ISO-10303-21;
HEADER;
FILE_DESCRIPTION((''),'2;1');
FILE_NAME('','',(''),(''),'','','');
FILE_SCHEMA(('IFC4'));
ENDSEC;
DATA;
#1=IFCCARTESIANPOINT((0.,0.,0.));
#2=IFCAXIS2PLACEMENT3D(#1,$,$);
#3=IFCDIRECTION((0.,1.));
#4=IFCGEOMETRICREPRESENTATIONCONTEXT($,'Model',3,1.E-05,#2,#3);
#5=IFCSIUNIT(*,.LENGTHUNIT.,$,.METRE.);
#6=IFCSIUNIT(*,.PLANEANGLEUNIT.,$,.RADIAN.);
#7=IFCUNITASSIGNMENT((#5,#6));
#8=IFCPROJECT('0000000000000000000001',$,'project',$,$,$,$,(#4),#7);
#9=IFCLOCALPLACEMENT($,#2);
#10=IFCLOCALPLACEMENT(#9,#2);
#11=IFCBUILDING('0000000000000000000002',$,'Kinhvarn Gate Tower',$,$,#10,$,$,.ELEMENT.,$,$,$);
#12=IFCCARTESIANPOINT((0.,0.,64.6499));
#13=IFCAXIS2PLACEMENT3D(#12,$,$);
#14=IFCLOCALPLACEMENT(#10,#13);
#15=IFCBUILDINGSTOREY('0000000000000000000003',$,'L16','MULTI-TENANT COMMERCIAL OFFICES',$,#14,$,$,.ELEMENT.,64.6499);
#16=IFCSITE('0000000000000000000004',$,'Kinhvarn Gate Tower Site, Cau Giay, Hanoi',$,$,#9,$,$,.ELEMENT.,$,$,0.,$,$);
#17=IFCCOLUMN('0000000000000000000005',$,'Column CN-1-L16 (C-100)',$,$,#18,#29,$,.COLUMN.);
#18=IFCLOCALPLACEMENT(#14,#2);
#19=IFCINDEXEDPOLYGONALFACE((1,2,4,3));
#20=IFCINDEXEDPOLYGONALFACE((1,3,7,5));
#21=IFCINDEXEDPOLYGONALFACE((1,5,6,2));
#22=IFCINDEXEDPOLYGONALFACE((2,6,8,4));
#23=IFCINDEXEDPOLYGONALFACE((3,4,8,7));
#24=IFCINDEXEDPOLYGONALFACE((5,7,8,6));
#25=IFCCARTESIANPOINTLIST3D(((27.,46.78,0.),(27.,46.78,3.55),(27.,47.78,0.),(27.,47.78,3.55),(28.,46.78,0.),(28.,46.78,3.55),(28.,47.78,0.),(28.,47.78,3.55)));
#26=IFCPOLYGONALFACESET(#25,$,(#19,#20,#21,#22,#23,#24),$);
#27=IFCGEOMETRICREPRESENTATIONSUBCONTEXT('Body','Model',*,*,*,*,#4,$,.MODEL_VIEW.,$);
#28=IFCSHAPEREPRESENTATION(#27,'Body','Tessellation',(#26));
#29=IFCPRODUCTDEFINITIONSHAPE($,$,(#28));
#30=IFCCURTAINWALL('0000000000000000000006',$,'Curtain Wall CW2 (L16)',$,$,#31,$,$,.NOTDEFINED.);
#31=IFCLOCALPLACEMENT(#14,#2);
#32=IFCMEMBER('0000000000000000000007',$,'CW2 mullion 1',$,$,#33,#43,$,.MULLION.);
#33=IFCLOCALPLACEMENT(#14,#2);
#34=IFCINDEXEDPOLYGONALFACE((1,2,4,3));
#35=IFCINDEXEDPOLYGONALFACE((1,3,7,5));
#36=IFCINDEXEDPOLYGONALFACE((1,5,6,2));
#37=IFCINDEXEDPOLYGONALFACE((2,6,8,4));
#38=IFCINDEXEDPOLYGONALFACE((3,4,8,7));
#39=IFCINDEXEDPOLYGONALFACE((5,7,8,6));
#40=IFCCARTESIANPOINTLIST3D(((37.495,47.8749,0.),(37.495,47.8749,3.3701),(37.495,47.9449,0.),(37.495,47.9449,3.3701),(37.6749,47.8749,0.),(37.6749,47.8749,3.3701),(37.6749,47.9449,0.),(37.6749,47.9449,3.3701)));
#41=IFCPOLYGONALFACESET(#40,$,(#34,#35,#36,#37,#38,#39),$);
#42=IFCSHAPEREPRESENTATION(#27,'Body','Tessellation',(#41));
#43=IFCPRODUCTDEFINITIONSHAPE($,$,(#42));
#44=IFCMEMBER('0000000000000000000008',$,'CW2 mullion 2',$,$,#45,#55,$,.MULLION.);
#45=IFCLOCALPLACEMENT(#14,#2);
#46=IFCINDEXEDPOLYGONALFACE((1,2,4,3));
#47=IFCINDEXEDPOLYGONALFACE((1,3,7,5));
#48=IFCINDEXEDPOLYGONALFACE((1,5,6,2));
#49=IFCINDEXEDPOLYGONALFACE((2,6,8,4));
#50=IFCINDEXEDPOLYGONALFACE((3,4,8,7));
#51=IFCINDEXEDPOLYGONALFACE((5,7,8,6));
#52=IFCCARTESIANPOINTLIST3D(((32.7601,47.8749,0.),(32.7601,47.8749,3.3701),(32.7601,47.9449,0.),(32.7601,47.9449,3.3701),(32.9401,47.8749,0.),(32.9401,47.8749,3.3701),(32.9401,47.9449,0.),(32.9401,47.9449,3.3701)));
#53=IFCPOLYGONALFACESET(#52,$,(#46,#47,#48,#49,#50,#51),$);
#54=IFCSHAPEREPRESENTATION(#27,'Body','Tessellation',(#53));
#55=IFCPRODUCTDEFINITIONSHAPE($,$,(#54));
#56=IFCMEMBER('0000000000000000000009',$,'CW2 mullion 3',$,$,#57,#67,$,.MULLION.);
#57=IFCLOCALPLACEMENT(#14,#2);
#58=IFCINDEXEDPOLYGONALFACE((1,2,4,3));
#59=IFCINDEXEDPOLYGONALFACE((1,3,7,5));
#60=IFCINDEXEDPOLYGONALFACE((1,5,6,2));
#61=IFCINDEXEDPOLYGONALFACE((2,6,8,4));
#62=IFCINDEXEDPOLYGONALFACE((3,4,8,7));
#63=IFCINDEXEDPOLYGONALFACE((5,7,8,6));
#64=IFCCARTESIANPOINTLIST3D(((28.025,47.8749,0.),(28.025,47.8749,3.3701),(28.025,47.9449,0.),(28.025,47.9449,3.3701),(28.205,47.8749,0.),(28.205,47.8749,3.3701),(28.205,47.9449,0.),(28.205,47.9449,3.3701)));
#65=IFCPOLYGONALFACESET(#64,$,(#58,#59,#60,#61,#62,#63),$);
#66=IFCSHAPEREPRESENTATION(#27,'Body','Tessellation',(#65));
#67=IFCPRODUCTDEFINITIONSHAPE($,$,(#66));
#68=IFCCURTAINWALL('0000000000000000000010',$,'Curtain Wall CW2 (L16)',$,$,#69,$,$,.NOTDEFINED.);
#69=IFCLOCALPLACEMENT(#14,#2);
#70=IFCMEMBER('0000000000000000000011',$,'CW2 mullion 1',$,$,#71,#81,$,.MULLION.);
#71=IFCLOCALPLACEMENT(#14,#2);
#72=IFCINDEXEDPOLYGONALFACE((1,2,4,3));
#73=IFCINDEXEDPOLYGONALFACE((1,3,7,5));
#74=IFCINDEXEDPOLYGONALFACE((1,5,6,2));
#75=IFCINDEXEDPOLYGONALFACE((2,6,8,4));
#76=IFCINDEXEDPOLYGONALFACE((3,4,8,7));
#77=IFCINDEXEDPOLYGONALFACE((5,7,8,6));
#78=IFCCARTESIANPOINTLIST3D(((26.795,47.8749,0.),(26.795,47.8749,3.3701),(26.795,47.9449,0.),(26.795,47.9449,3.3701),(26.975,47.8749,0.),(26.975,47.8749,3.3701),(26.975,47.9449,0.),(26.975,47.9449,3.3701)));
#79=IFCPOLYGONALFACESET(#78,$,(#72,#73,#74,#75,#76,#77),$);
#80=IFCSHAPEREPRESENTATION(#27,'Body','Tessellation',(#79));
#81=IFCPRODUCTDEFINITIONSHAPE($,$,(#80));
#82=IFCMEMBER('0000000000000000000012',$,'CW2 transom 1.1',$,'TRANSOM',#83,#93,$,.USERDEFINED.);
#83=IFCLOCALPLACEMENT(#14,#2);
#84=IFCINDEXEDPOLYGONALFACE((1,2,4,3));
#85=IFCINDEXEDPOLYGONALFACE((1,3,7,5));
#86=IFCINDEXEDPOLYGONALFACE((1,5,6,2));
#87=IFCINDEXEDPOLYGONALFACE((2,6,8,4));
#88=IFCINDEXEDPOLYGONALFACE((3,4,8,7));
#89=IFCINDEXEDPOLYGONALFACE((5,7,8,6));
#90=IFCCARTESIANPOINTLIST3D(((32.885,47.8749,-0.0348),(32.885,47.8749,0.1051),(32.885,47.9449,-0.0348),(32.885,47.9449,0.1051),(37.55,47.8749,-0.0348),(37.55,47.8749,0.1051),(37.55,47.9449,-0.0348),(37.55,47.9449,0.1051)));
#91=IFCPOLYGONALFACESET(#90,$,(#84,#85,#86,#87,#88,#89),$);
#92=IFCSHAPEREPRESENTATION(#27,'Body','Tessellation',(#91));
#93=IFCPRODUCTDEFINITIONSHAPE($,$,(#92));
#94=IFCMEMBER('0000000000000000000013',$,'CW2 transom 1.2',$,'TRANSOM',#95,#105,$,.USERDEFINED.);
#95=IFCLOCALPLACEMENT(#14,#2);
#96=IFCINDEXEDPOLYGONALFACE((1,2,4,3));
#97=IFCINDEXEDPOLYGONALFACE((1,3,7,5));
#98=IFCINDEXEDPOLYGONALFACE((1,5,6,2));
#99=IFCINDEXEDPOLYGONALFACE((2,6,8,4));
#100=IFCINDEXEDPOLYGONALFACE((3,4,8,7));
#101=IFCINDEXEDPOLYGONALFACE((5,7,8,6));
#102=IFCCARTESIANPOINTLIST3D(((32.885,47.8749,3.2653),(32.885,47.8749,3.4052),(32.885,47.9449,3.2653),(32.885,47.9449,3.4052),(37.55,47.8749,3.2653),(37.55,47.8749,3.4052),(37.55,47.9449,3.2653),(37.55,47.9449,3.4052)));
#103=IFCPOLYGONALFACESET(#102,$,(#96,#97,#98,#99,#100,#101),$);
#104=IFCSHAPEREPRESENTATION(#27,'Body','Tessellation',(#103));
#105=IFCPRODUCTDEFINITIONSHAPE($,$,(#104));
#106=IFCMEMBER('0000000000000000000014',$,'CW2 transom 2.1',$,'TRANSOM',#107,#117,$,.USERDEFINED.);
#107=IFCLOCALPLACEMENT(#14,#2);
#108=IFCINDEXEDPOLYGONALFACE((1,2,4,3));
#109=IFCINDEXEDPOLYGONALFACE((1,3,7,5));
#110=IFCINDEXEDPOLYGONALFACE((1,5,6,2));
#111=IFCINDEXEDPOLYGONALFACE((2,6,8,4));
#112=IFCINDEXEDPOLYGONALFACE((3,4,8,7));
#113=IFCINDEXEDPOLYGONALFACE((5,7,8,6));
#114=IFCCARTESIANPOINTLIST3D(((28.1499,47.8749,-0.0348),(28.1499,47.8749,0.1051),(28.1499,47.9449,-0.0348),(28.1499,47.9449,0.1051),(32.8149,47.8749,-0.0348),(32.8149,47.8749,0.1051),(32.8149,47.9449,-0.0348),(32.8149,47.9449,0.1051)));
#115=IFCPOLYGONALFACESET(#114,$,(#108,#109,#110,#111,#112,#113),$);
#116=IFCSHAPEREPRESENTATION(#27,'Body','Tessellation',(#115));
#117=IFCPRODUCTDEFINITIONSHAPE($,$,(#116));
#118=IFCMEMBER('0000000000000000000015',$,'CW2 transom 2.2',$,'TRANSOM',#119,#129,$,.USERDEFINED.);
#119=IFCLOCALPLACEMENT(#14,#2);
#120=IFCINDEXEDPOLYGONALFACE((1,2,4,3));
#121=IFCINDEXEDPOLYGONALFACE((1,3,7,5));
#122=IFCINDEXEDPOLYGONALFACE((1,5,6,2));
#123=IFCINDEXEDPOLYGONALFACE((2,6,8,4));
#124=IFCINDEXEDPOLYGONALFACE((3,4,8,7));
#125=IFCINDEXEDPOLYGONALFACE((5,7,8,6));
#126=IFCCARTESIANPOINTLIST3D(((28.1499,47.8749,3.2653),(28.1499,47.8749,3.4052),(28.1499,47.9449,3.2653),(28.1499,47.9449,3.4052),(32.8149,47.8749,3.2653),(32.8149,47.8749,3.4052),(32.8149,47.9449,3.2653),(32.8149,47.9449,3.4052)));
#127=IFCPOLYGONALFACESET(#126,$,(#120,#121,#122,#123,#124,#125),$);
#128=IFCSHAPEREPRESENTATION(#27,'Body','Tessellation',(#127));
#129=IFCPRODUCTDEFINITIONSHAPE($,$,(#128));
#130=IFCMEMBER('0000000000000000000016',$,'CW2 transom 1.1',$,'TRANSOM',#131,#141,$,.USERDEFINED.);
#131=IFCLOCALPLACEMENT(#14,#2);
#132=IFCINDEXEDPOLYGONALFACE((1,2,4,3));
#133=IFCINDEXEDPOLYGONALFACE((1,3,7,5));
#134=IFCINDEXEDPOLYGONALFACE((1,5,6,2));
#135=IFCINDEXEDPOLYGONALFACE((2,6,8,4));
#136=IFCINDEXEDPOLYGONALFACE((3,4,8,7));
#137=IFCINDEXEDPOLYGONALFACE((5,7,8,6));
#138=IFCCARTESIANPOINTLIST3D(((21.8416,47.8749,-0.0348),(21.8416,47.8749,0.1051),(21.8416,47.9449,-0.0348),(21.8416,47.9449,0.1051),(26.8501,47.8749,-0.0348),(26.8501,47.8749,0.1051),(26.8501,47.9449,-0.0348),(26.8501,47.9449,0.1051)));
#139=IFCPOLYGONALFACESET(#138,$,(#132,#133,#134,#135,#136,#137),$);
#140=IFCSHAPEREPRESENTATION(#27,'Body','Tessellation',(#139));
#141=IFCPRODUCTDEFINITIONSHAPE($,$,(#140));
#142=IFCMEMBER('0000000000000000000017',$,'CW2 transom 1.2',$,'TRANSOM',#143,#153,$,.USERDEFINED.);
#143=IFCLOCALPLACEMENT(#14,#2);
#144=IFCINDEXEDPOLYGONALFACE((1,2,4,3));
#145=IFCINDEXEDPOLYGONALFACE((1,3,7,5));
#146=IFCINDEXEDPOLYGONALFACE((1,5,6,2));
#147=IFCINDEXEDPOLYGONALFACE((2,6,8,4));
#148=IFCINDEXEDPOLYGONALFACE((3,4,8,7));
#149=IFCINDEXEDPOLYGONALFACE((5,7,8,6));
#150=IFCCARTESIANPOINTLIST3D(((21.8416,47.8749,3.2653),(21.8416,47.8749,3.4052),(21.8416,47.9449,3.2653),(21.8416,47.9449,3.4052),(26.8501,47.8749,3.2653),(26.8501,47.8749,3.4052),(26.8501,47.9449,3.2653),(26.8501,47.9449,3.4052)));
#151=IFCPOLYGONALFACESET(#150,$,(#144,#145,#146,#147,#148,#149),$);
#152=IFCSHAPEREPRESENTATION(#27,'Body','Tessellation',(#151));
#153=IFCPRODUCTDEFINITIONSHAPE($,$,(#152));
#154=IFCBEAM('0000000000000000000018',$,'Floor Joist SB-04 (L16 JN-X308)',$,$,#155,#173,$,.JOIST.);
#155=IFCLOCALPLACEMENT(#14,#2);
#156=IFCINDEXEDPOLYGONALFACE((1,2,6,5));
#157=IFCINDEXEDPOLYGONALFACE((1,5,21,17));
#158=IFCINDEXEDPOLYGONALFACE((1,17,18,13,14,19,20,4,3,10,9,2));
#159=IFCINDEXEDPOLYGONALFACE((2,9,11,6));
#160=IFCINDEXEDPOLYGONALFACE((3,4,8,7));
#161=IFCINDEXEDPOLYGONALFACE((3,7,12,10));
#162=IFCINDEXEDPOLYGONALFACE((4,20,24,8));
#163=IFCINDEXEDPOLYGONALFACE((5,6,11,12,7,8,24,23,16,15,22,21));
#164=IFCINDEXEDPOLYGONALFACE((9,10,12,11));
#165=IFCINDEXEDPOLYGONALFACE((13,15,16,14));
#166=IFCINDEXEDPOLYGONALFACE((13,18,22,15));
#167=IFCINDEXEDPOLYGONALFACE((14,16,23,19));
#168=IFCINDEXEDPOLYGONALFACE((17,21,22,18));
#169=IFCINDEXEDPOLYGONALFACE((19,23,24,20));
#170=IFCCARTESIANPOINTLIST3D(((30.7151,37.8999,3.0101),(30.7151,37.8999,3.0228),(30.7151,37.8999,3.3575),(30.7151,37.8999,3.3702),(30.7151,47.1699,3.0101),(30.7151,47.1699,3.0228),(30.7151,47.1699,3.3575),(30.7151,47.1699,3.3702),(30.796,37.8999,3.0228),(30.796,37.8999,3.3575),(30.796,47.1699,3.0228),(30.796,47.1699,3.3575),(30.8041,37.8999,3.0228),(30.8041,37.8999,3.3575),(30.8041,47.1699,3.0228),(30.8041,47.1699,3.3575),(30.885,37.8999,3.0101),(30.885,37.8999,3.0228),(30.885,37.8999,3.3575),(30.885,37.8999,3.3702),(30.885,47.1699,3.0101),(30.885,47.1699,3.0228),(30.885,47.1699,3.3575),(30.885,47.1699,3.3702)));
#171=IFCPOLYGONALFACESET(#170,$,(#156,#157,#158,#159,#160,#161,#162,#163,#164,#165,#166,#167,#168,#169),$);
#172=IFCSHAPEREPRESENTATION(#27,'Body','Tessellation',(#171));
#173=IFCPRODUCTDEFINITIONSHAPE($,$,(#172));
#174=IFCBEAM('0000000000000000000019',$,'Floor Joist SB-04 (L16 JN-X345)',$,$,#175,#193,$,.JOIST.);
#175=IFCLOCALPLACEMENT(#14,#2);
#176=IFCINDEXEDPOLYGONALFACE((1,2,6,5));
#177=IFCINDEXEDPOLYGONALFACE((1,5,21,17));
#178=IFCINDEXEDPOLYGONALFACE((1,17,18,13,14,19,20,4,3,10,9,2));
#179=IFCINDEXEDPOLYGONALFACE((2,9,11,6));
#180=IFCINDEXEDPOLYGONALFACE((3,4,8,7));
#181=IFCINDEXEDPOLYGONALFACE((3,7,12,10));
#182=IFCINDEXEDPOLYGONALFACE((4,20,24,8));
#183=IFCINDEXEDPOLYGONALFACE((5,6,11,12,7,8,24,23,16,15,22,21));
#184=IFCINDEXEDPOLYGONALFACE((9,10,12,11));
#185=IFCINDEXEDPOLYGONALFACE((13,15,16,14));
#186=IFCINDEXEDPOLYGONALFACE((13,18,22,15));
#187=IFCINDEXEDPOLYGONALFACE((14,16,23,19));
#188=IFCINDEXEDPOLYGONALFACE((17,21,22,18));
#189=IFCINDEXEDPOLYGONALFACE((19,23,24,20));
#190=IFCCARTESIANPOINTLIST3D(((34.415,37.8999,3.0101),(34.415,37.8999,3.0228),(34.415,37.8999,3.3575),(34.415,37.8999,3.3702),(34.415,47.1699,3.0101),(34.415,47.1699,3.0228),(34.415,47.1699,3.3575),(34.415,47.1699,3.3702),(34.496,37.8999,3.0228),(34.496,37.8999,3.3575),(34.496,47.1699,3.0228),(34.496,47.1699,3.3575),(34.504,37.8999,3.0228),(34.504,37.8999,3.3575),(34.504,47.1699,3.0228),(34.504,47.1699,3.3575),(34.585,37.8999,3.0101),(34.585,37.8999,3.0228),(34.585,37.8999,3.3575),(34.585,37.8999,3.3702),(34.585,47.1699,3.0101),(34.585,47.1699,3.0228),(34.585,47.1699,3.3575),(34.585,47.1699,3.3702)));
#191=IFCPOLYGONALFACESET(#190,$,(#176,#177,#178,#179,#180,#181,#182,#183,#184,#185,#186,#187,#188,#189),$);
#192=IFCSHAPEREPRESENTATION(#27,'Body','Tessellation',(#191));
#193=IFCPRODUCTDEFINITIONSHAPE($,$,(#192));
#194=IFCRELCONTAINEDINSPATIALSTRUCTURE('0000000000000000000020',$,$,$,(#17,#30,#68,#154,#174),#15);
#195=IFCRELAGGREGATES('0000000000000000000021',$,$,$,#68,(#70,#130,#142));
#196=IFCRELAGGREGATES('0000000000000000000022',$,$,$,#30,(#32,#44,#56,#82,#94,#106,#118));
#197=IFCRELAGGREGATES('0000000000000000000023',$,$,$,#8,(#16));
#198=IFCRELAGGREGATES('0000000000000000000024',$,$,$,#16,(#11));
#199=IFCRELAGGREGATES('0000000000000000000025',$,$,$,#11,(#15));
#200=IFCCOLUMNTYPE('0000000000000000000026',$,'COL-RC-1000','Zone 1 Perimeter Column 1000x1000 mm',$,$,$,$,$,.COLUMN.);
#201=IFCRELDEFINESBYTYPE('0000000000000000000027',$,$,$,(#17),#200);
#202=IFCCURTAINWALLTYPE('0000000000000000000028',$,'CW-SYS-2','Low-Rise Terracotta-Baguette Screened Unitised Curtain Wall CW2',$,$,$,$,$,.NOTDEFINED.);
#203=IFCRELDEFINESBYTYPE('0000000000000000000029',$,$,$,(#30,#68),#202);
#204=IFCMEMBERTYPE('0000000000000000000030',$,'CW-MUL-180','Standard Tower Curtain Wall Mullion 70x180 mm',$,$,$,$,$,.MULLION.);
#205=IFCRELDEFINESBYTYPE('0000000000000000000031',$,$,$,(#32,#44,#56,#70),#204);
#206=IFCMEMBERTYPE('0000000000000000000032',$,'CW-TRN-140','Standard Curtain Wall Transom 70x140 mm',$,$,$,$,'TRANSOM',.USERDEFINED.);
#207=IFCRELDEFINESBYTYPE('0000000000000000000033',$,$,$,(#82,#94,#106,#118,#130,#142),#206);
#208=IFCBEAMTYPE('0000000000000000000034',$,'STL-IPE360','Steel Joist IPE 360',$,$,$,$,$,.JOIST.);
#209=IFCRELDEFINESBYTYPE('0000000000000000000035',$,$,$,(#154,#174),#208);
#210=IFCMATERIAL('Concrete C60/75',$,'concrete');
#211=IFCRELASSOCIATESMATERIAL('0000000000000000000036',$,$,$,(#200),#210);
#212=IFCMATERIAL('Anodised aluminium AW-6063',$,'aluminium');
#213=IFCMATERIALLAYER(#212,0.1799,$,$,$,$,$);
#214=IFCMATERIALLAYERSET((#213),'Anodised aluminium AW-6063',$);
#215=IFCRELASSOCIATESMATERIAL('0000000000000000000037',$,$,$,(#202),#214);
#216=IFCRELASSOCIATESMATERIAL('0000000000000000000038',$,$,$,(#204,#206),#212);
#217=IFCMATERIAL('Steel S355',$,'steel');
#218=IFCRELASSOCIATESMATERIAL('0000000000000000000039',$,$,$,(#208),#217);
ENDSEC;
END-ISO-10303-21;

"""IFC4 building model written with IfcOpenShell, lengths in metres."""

from ifc_helpers import new_model, si_unit, direction, frame, origin, origin_2d, place, context, subcontext, project, spatial, rectangle, i_section, extrude, material, layer, layer_set, material_profile, profile_set, type_object, element, aggregate, save


model = new_model("IFC4")

# Units and contexts
model_context = context("Model", 3, precision=1e-05, world=origin(), true_north=direction((0.0, 1.0)))
body_context = subcontext(model_context, "Body", "Model", "MODEL_VIEW")
ifc_project = project(units=[si_unit("LENGTHUNIT", "METRE"), si_unit("PLANEANGLEUNIT", "RADIAN")], contexts=[model_context])

# Site, building, storey
site_placement = place(None, origin())
site = spatial("IfcSite", under=ifc_project, at=site_placement, Name="Kinhvarn Gate Tower Site, Cau Giay, Hanoi", CompositionType="ELEMENT", RefElevation=0.0)
building_placement = place(site_placement, origin())
building = spatial("IfcBuilding", under=site, at=building_placement, Name="Kinhvarn Gate Tower", CompositionType="ELEMENT")
storey_placement = place(building_placement, frame((0.0, 0.0, 64.6499)))
storey = spatial("IfcBuildingStorey", under=building, at=storey_placement, Name="L16", Description="MULTI-TENANT COMMERCIAL OFFICES", CompositionType="ELEMENT", Elevation=64.6499)

# Column
ifc_material_1 = material(Name="Concrete C60/75", Category="concrete")
ifc_material_profile_1 = material_profile(ifc_material_1, rectangle(XDim=1.0, YDim=1.0, at=origin_2d()), Name="RC 1000x1000")
ifc_profile_set_1 = profile_set([ifc_material_profile_1], Name="Concrete C60/75")
column_type = type_object("IfcColumnType", Name="COL-RC-1000", Description="Zone 1 Perimeter Column 1000x1000 mm", PredefinedType="COLUMN", material=ifc_profile_set_1)
column_placement = place(storey_placement, frame((27.5, 47.28, 0.0), z_axis=(0.0, 0.0, 1.0), x_axis=(1.0, 0.0, 0.0)))
element("IfcColumn", 1, at=column_placement, inside=storey, type_object=column_type, Name="Column CN-1-L16 (C-100)", PredefinedType="COLUMN", context=body_context, shape_type="SweptSolid", body=[
    extrude(rectangle(XDim=1.0, YDim=1.0, at=origin_2d()), origin(), (0.0, 0.0, 1.0), 3.55),
])

# Curtain wall, members
ifc_material_2 = material(Name="Anodised aluminium AW-6063", Category="aluminium")
ifc_layer_1 = layer(ifc_material_2, 0.1799)
ifc_layer_set_1 = layer_set([ifc_layer_1], Name="Anodised aluminium AW-6063")
curtain_wall_type = type_object("IfcCurtainWallType", Name="CW-SYS-2", Description="Low-Rise Terracotta-Baguette Screened Unitised Curtain Wall CW2", PredefinedType="NOTDEFINED", material=ifc_layer_set_1)
curtain_wall_1_placement = place(storey_placement, origin())
curtain_wall_1 = element("IfcCurtainWall", 2, at=curtain_wall_1_placement, inside=storey, type_object=curtain_wall_type, Name="Curtain Wall CW2 (L16)", PredefinedType="NOTDEFINED")
ifc_material_profile_2 = material_profile(ifc_material_2, rectangle(XDim=0.0701, YDim=0.1799, at=origin_2d()), Name="ALU 70x180")
ifc_profile_set_2 = profile_set([ifc_material_profile_2], Name="Anodised aluminium AW-6063")
member_type_1 = type_object("IfcMemberType", Name="CW-MUL-180", Description="Standard Tower Curtain Wall Mullion 70x180 mm", PredefinedType="MULLION", material=ifc_profile_set_2)
member_1_placement = place(storey_placement, frame((37.585, 47.9099, 0.0), z_axis=(0.0, 0.0, 1.0), x_axis=(0.0, -1.0, 0.0)))
member_1 = element("IfcMember", 3, at=member_1_placement, type_object=member_type_1, Name="CW2 mullion 1", PredefinedType="MULLION", context=body_context, shape_type="SweptSolid", body=[
    extrude(rectangle(XDim=0.0701, YDim=0.1799, at=origin_2d()), origin(), (0.0, 0.0, 1.0), 3.3701),
])
member_2_placement = place(storey_placement, frame((32.8501, 47.9099, 0.0), z_axis=(0.0, 0.0, 1.0), x_axis=(0.0, -1.0, 0.0)))
member_2 = element("IfcMember", 4, at=member_2_placement, type_object=member_type_1, Name="CW2 mullion 2", PredefinedType="MULLION", context=body_context, shape_type="SweptSolid", body=[
    extrude(rectangle(XDim=0.0701, YDim=0.1799, at=origin_2d()), origin(), (0.0, 0.0, 1.0), 3.3701),
])
member_3_placement = place(storey_placement, frame((28.115, 47.9099, 0.0), z_axis=(0.0, 0.0, 1.0), x_axis=(0.0, -1.0, 0.0)))
member_3 = element("IfcMember", 5, at=member_3_placement, type_object=member_type_1, Name="CW2 mullion 3", PredefinedType="MULLION", context=body_context, shape_type="SweptSolid", body=[
    extrude(rectangle(XDim=0.0701, YDim=0.1799, at=origin_2d()), origin(), (0.0, 0.0, 1.0), 3.3701),
])

# Curtain wall, member
curtain_wall_2_placement = place(storey_placement, origin())
curtain_wall_2 = element("IfcCurtainWall", 6, at=curtain_wall_2_placement, inside=storey, type_object=curtain_wall_type, Name="Curtain Wall CW2 (L16)", PredefinedType="NOTDEFINED")
member_4_placement = place(storey_placement, frame((26.885, 47.9099, 0.0), z_axis=(0.0, 0.0, 1.0), x_axis=(0.0, -1.0, 0.0)))
member_4 = element("IfcMember", 7, at=member_4_placement, type_object=member_type_1, Name="CW2 mullion 1", PredefinedType="MULLION", context=body_context, shape_type="SweptSolid", body=[
    extrude(rectangle(XDim=0.0701, YDim=0.1799, at=origin_2d()), origin(), (0.0, 0.0, 1.0), 3.3701),
])

# Members
ifc_material_profile_3 = material_profile(ifc_material_2, rectangle(XDim=0.0701, YDim=0.1399, at=origin_2d()), Name="ALU 70x140")
ifc_profile_set_3 = profile_set([ifc_material_profile_3], Name="Anodised aluminium AW-6063")
member_type_2 = type_object("IfcMemberType", Name="CW-TRN-140", Description="Standard Curtain Wall Transom 70x140 mm", ElementType="TRANSOM", PredefinedType="USERDEFINED", material=ifc_profile_set_3)
member_5_placement = place(storey_placement, frame((37.55, 47.9099, 0.0352), z_axis=(-1.0, 0.0, 0.0), x_axis=(0.0, -1.0, 0.0)))
member_5 = element("IfcMember", 8, at=member_5_placement, type_object=member_type_2, Name="CW2 transom 1.1", ObjectType="TRANSOM", PredefinedType="USERDEFINED", context=body_context, shape_type="SweptSolid", body=[
    extrude(rectangle(XDim=0.0701, YDim=0.1399, at=origin_2d()), origin(), (0.0, 0.0, 1.0), 4.665),
])
member_6_placement = place(storey_placement, frame((37.55, 47.9099, 3.3352), z_axis=(-1.0, 0.0, 0.0), x_axis=(0.0, -1.0, 0.0)))
member_6 = element("IfcMember", 9, at=member_6_placement, type_object=member_type_2, Name="CW2 transom 1.2", ObjectType="TRANSOM", PredefinedType="USERDEFINED", context=body_context, shape_type="SweptSolid", body=[
    extrude(rectangle(XDim=0.0701, YDim=0.1399, at=origin_2d()), origin(), (0.0, 0.0, 1.0), 4.665),
])
member_7_placement = place(storey_placement, frame((32.8149, 47.9099, 0.0352), z_axis=(-1.0, 0.0, 0.0), x_axis=(0.0, -1.0, 0.0)))
member_7 = element("IfcMember", 10, at=member_7_placement, type_object=member_type_2, Name="CW2 transom 2.1", ObjectType="TRANSOM", PredefinedType="USERDEFINED", context=body_context, shape_type="SweptSolid", body=[
    extrude(rectangle(XDim=0.0701, YDim=0.1399, at=origin_2d()), origin(), (0.0, 0.0, 1.0), 4.665),
])
member_8_placement = place(storey_placement, frame((32.8149, 47.9099, 3.3352), z_axis=(-1.0, 0.0, 0.0), x_axis=(0.0, -1.0, 0.0)))
member_8 = element("IfcMember", 11, at=member_8_placement, type_object=member_type_2, Name="CW2 transom 2.2", ObjectType="TRANSOM", PredefinedType="USERDEFINED", context=body_context, shape_type="SweptSolid", body=[
    extrude(rectangle(XDim=0.0701, YDim=0.1399, at=origin_2d()), origin(), (0.0, 0.0, 1.0), 4.665),
])
member_9_placement = place(storey_placement, frame((26.8501, 47.9099, 0.0352), z_axis=(-1.0, 0.0, 0.0), x_axis=(0.0, -1.0, 0.0)))
member_9 = element("IfcMember", 12, at=member_9_placement, type_object=member_type_2, Name="CW2 transom 1.1", ObjectType="TRANSOM", PredefinedType="USERDEFINED", context=body_context, shape_type="SweptSolid", body=[
    extrude(rectangle(XDim=0.0701, YDim=0.1399, at=origin_2d()), origin(), (0.0, 0.0, 1.0), 5.0085),
])
member_10_placement = place(storey_placement, frame((26.8501, 47.9099, 3.3352), z_axis=(-1.0, 0.0, 0.0), x_axis=(0.0, -1.0, 0.0)))
member_10 = element("IfcMember", 13, at=member_10_placement, type_object=member_type_2, Name="CW2 transom 1.2", ObjectType="TRANSOM", PredefinedType="USERDEFINED", context=body_context, shape_type="SweptSolid", body=[
    extrude(rectangle(XDim=0.0701, YDim=0.1399, at=origin_2d()), origin(), (0.0, 0.0, 1.0), 5.0085),
])
aggregate(curtain_wall_2, [member_4, member_9, member_10])

# Beams
ifc_material_3 = material(Name="Steel S355", Category="steel")
ifc_material_profile_4 = material_profile(ifc_material_3, i_section(OverallWidth=0.1699, OverallDepth=0.3601, WebThickness=0.0081, FlangeThickness=0.0127, at=origin_2d()), Name="IPE 360")
ifc_profile_set_4 = profile_set([ifc_material_profile_4], Name="Steel S355")
beam_type_1 = type_object("IfcBeamType", Name="STL-IPE360", Description="Steel Joist IPE 360", PredefinedType="JOIST", material=ifc_profile_set_4)
for number, where, z_axis, x_axis, name in (
    (14, (30.8, 37.8999, 3.1902), (0.0, 1.0, 0.0), (-1.0, 0.0, 0.0), "Floor Joist SB-04 (L16 JN-X308)"),
    (15, (34.5, 37.8999, 3.1902), (0.0, 1.0, 0.0), (-1.0, 0.0, 0.0), "Floor Joist SB-04 (L16 JN-X345)"),
):
    element("IfcBeam", number, at=place(storey_placement, frame(where, z_axis=z_axis, x_axis=x_axis)), inside=storey, type_object=beam_type_1, Name=name, PredefinedType="JOIST", context=body_context, shape_type="SweptSolid", body=[
        extrude(i_section(OverallWidth=0.1699, OverallDepth=0.3601, WebThickness=0.0081, FlangeThickness=0.0127, at=origin_2d()), origin(), (0.0, 0.0, 1.0), 9.27),
    ])

aggregate(curtain_wall_1, [member_1, member_2, member_3, member_5, member_6, member_7, member_8])

save(model, "model.ifc")
